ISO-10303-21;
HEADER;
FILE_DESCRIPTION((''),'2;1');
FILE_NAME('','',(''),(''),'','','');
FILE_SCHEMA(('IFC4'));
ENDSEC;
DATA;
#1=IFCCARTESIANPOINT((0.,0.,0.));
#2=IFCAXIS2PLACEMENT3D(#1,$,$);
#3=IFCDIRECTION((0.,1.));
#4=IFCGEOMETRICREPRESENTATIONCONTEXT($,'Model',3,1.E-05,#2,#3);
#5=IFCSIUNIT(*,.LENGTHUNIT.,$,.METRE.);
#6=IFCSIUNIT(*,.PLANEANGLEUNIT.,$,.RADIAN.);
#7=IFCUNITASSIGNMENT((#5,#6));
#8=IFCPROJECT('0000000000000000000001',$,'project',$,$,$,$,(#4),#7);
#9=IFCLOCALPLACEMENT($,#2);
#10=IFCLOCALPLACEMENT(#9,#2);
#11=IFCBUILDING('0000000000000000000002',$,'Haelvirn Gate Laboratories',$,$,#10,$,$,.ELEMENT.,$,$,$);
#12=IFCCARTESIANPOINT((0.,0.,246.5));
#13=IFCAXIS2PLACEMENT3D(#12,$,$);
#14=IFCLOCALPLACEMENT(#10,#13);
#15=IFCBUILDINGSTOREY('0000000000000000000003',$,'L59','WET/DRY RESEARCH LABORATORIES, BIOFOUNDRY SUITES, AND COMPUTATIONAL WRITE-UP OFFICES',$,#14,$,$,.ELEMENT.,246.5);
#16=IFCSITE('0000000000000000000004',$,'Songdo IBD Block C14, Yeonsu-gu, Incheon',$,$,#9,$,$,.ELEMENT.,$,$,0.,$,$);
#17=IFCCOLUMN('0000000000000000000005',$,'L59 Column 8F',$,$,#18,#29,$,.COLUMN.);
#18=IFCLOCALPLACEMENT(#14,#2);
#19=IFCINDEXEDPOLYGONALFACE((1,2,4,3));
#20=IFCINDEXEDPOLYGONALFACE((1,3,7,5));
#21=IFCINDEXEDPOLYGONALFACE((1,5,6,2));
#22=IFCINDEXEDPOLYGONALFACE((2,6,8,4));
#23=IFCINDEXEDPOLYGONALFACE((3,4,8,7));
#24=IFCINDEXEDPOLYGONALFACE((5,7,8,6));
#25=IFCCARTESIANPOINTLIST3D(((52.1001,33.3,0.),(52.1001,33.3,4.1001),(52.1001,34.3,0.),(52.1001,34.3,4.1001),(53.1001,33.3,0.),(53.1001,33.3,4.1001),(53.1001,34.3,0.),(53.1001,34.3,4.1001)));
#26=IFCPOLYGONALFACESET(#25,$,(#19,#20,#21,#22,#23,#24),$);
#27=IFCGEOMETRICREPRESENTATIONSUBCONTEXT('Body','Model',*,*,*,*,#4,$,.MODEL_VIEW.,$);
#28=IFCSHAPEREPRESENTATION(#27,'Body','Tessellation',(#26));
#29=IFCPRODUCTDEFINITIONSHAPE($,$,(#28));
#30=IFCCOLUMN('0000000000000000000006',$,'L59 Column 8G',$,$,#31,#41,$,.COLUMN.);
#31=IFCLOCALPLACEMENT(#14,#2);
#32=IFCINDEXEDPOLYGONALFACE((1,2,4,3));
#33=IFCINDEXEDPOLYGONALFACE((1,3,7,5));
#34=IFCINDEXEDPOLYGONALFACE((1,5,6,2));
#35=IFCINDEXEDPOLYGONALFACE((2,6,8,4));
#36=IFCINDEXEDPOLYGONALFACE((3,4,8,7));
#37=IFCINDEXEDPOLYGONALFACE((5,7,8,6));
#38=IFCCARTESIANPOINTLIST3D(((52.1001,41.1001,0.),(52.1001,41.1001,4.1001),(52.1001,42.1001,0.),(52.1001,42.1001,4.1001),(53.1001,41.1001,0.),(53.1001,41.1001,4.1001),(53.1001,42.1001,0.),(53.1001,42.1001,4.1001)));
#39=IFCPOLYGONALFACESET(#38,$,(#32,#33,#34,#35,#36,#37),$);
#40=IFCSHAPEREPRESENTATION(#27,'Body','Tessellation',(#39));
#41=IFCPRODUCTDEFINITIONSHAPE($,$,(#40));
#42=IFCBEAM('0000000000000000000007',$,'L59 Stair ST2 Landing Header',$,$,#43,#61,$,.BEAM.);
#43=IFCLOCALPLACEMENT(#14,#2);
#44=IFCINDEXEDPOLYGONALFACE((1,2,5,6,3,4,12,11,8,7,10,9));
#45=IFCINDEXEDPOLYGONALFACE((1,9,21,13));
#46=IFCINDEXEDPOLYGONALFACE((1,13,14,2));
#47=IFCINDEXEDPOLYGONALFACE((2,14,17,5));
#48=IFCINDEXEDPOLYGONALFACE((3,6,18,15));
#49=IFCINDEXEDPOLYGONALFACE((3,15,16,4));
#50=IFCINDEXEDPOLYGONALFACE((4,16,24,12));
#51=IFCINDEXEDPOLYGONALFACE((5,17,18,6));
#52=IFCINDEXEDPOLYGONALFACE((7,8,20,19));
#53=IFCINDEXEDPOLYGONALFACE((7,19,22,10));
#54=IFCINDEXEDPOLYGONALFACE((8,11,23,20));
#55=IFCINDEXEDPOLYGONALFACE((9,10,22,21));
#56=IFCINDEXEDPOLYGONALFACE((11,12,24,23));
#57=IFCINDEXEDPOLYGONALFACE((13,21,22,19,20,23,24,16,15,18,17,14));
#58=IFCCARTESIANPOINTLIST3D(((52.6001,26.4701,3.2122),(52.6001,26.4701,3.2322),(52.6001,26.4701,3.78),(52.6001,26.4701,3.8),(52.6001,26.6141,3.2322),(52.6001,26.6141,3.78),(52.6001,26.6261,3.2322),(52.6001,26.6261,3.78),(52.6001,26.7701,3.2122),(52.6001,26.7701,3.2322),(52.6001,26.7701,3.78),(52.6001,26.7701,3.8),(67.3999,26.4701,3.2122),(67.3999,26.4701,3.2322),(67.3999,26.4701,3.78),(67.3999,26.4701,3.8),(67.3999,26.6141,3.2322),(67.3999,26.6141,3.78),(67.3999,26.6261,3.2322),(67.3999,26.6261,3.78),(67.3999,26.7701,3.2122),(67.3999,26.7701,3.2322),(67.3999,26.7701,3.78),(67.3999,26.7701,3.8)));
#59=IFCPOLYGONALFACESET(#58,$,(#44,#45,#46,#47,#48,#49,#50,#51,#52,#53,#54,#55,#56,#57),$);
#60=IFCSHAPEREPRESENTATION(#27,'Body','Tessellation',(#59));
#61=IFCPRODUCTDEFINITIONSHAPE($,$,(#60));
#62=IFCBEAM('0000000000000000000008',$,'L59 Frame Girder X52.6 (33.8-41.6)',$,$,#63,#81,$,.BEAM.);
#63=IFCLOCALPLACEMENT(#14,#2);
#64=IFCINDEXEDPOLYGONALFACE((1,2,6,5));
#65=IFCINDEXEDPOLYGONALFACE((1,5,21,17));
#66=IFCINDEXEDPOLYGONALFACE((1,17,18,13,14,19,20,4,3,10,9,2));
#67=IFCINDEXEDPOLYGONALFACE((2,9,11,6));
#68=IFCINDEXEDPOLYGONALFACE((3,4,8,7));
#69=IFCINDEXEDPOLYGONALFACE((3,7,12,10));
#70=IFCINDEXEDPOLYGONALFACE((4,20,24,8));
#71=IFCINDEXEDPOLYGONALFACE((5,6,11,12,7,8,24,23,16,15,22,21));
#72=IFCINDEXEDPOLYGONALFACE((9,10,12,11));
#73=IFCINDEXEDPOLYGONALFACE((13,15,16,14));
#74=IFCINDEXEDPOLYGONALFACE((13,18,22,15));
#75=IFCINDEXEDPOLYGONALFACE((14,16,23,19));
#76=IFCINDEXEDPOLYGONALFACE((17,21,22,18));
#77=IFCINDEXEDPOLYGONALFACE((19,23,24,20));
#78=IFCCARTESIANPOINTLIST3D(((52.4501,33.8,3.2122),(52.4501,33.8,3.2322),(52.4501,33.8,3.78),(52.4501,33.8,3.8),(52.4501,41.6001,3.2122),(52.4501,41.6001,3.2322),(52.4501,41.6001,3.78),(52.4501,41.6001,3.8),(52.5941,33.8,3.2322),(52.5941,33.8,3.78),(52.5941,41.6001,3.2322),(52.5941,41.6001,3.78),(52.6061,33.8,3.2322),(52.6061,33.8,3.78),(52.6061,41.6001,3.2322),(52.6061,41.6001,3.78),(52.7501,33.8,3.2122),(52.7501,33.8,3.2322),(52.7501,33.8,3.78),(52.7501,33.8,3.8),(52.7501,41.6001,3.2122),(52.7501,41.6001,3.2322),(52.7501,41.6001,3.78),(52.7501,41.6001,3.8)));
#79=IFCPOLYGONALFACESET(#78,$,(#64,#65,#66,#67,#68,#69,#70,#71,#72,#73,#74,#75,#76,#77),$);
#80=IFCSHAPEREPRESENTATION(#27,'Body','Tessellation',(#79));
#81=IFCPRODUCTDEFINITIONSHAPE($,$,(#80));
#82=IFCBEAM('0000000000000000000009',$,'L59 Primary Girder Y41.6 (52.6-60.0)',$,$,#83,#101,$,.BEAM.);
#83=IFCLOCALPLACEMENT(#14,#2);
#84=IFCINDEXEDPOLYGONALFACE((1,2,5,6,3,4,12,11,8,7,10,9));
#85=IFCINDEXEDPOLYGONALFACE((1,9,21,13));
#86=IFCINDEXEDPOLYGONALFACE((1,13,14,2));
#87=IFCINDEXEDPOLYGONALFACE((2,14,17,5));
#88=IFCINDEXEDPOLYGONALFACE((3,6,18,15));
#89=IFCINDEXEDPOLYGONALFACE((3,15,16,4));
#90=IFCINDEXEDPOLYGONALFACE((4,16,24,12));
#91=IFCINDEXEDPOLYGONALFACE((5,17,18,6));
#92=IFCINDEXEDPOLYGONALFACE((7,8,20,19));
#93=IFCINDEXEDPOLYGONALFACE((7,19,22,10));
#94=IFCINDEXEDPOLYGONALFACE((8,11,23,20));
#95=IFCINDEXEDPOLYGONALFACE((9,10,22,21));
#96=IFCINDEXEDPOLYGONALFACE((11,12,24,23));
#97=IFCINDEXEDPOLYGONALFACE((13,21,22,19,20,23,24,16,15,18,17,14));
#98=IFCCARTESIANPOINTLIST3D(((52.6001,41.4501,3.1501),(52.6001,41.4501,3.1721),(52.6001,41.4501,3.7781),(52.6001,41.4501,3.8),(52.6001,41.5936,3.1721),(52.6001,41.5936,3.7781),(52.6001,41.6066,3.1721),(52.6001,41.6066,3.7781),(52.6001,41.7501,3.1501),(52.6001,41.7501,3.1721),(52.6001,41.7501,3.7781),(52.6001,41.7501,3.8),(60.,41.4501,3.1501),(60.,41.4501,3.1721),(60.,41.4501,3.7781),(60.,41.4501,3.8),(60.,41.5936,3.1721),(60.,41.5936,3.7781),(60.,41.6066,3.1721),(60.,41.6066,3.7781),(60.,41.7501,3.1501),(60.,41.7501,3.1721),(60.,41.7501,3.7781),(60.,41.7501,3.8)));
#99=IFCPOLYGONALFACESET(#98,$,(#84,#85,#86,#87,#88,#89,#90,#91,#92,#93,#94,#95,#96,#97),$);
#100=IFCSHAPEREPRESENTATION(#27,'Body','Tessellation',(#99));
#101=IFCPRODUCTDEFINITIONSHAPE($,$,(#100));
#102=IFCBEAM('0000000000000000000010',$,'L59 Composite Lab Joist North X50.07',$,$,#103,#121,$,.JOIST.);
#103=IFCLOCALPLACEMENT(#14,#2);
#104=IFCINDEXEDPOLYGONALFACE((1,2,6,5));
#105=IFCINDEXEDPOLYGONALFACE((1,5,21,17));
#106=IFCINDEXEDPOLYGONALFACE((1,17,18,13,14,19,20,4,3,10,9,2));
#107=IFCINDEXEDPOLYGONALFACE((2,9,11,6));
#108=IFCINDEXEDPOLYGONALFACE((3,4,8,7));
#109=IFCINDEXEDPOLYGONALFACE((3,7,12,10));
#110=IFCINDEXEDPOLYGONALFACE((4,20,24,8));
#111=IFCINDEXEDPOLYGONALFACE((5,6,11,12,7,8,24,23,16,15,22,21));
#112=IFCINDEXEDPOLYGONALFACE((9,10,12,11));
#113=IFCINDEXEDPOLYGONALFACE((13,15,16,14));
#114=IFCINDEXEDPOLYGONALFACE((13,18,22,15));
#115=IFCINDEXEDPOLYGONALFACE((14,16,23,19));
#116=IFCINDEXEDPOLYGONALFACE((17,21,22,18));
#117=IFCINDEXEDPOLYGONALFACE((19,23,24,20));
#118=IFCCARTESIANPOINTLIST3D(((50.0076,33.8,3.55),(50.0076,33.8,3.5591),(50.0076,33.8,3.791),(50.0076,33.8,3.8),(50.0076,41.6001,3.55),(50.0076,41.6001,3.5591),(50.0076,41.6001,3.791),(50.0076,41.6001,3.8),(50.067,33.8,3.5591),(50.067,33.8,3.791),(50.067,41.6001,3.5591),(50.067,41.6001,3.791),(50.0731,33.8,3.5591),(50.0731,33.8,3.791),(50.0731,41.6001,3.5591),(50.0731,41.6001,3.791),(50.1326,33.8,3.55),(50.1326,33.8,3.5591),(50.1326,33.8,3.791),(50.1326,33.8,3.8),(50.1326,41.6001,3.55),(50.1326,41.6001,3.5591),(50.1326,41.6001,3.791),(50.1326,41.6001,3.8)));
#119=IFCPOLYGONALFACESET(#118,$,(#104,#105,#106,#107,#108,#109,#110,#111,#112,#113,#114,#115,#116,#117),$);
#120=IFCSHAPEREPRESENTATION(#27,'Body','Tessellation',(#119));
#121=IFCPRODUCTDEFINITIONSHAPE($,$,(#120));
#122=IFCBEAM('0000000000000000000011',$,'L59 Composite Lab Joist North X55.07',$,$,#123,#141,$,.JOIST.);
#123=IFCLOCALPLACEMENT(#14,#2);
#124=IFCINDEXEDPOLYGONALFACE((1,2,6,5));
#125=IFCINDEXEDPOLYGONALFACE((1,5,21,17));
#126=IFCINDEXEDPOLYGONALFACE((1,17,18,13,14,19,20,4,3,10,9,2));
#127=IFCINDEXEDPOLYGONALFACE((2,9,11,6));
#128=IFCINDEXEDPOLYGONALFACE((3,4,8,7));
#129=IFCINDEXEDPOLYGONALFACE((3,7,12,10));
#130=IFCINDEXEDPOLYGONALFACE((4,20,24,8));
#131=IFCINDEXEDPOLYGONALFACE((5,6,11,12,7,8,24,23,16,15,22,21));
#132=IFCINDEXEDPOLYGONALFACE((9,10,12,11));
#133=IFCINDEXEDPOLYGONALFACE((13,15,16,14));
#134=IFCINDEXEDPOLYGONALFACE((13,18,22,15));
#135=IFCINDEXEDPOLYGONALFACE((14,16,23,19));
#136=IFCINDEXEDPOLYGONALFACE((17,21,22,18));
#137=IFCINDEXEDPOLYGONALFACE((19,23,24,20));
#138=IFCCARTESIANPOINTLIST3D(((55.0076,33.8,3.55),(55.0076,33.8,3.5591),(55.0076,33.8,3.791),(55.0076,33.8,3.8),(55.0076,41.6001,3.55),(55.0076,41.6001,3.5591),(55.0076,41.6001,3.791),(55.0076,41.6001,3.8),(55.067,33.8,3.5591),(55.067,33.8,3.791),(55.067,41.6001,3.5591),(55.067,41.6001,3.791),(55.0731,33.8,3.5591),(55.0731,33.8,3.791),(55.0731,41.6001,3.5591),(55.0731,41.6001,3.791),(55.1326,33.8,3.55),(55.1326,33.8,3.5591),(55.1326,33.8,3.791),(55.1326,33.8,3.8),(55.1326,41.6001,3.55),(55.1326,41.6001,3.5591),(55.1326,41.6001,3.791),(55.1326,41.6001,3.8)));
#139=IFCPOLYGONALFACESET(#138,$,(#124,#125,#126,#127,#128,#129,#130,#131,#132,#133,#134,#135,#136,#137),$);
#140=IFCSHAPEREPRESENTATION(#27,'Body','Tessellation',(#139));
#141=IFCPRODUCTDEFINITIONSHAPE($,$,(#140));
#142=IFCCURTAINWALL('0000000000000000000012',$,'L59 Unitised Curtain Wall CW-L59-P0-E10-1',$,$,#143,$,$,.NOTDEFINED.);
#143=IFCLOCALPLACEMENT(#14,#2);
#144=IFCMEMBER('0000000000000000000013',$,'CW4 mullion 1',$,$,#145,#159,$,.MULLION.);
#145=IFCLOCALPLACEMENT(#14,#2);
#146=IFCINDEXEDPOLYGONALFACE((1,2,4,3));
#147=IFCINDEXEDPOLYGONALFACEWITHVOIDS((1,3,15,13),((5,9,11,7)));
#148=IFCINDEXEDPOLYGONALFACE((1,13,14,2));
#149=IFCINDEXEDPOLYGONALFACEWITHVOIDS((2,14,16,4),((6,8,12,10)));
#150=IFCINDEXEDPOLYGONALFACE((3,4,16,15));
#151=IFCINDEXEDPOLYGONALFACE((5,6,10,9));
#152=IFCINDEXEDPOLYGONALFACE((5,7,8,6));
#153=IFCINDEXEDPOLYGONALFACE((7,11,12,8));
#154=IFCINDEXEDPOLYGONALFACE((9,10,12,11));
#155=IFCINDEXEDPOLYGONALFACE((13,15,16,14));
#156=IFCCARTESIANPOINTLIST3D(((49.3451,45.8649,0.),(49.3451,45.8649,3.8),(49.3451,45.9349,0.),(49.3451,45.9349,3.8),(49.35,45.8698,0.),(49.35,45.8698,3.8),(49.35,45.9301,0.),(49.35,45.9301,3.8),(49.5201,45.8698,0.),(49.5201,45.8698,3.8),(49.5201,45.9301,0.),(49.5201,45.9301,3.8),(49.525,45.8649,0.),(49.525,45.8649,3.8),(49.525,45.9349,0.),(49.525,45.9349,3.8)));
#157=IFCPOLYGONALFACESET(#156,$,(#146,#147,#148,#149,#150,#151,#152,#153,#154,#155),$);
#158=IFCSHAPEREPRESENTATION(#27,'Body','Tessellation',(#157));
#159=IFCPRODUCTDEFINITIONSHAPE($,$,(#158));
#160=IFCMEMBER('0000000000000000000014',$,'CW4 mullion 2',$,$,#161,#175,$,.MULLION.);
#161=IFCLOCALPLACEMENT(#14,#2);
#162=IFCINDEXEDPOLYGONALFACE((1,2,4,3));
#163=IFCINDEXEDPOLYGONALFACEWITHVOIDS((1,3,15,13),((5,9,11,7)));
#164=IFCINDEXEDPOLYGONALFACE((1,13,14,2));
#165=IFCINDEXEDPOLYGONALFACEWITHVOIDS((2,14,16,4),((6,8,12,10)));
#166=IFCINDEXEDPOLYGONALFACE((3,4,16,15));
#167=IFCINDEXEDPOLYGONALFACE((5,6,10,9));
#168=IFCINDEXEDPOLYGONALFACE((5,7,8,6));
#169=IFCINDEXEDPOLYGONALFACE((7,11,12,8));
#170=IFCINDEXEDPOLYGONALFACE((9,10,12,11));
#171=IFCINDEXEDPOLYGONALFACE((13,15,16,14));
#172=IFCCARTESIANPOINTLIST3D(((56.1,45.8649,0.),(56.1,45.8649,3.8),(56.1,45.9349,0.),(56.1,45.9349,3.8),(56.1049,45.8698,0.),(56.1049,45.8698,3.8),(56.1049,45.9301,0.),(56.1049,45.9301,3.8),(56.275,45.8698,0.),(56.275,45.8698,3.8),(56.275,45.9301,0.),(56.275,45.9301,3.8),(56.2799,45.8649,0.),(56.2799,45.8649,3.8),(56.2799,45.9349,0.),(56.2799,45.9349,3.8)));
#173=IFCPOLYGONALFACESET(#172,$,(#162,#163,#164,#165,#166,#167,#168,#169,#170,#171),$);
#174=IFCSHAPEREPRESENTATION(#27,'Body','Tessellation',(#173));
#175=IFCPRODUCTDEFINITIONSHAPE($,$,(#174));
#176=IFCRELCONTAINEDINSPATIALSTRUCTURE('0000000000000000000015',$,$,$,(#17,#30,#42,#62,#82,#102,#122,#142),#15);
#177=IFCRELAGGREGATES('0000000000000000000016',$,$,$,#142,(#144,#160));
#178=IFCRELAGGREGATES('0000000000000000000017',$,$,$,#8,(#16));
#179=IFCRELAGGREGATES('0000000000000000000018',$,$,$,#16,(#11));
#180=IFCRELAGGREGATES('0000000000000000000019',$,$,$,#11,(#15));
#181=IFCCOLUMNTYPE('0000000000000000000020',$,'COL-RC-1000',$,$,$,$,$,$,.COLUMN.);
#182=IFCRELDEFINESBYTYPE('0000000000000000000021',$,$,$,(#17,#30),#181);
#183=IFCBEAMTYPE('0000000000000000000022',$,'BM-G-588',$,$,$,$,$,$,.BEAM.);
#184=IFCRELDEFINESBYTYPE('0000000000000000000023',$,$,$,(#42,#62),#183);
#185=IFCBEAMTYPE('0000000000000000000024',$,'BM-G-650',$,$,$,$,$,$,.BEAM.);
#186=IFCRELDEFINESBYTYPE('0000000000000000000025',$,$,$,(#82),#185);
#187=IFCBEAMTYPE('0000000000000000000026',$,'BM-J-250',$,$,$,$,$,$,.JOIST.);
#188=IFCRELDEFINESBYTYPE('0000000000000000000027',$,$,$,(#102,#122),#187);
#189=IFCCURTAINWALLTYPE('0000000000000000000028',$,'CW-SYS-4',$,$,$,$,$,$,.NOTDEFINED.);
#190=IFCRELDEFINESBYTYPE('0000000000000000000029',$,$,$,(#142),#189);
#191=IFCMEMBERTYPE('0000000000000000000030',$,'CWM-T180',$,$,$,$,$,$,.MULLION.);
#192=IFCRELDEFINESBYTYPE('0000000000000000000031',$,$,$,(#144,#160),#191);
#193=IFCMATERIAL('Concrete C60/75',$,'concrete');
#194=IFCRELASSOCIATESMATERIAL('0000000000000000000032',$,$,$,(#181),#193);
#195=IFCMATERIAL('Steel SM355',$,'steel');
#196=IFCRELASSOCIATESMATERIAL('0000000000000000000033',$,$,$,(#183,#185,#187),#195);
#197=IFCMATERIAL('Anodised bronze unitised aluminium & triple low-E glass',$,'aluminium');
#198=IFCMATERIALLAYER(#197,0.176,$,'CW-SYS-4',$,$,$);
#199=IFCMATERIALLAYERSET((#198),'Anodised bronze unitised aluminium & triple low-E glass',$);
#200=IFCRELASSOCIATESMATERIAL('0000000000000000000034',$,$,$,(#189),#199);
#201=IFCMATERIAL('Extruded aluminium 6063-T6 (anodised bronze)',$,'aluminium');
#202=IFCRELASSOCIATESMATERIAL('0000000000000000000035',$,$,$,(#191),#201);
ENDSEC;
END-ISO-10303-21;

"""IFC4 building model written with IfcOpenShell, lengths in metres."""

from ifc_helpers import new_model, si_unit, direction, frame, origin, origin_2d, place, context, subcontext, project, spatial, rectangle, hollow_rectangle, i_section, extrude, source, transform, mapped, material, layer, layer_set, material_profile, profile_set, type_object, type_shapes, element, aggregate, save


model = new_model("IFC4")

# Units and contexts
model_context = context("Model", 3, precision=1e-05, world=origin(), true_north=direction((0.0, 1.0)))
body_context = subcontext(model_context, "Body", "Model", "MODEL_VIEW")
ifc_project = project(units=[si_unit("LENGTHUNIT", "METRE"), si_unit("PLANEANGLEUNIT", "RADIAN")], contexts=[model_context])

# Site, building, storey
site_placement = place(None, origin())
site = spatial("IfcSite", under=ifc_project, at=site_placement, Name="Songdo IBD Block C14, Yeonsu-gu, Incheon", CompositionType="ELEMENT", RefElevation=0.0)
building_placement = place(site_placement, origin())
building = spatial("IfcBuilding", under=site, at=building_placement, Name="Haelvirn Gate Laboratories", CompositionType="ELEMENT")
storey_placement = place(building_placement, frame((0.0, 0.0, 246.5)))
storey = spatial("IfcBuildingStorey", under=building, at=storey_placement, Name="L59", Description="WET/DRY RESEARCH LABORATORIES, BIOFOUNDRY SUITES, AND COMPUTATIONAL WRITE-UP OFFICES", CompositionType="ELEMENT", Elevation=246.5)

# Columns
ifc_material_1 = material(Name="Concrete C60/75", Category="concrete")
ifc_material_profile_1 = material_profile(ifc_material_1, rectangle(XDim=1.0, YDim=1.0, at=origin_2d()), Name="RC-1000x1000")
ifc_profile_set_1 = profile_set([ifc_material_profile_1], Name="Concrete C60/75")
column_type = type_object("IfcColumnType", Name="COL-RC-1000", PredefinedType="COLUMN", material=ifc_profile_set_1)
shared_shape_1 = source(origin(), body_context, "Body", "SweptSolid", [
    extrude(rectangle(XDim=1.0, YDim=1.0, at=origin_2d()), origin(), (0.0, 0.0, 1.0), 4.1001),
])
type_shapes(column_type, [shared_shape_1])
for number, where, z_axis, x_axis, name in (
    (1, (52.6001, 33.8, 0.0), (0.0, 0.0, 1.0), (1.0, 0.0, 0.0), "L59 Column 8F"),
    (2, (52.6001, 41.6001, 0.0), (0.0, 0.0, 1.0), (1.0, 0.0, 0.0), "L59 Column 8G"),
):
    element("IfcColumn", number, at=place(storey_placement, frame(where, z_axis=z_axis, x_axis=x_axis)), inside=storey, type_object=column_type, Name=name, PredefinedType="COLUMN", context=body_context, shape_type="MappedRepresentation", body=[
        mapped(shared_shape_1, transform((0.0, 0.0, 0.0), scale=1.0)),
    ])

# Beams
ifc_material_2 = material(Name="Steel SM355", Category="steel")
ifc_material_profile_2 = material_profile(ifc_material_2, i_section(OverallWidth=0.3, OverallDepth=0.5879, WebThickness=0.012, FlangeThickness=0.02, at=origin_2d()), Name="H-588x300x12x20")
ifc_profile_set_2 = profile_set([ifc_material_profile_2], Name="Steel SM355")
beam_type_1 = type_object("IfcBeamType", Name="BM-G-588", PredefinedType="BEAM", material=ifc_profile_set_2)
shared_shape_2 = source(origin(), body_context, "Body", "SweptSolid", [
    extrude(i_section(OverallWidth=0.3, OverallDepth=0.5879, WebThickness=0.012, FlangeThickness=0.02, at=origin_2d()), origin(), (0.0, 0.0, 1.0), 14.7998),
])
beam_1_placement = place(storey_placement, frame((52.6001, 26.6201, 3.5061), z_axis=(1.0, 0.0, 0.0), x_axis=(0.0, 1.0, 0.0)))
element("IfcBeam", 3, at=beam_1_placement, inside=storey, type_object=beam_type_1, Name="L59 Stair ST2 Landing Header", PredefinedType="BEAM", context=body_context, shape_type="MappedRepresentation", body=[
    mapped(shared_shape_2, transform((0.0, 0.0, 0.0), scale=1.0)),
])
shared_shape_3 = source(origin(), body_context, "Body", "SweptSolid", [
    extrude(i_section(OverallWidth=0.3, OverallDepth=0.5879, WebThickness=0.012, FlangeThickness=0.02, at=origin_2d()), origin(), (0.0, 0.0, 1.0), 7.8),
])
type_shapes(beam_type_1, [shared_shape_2, shared_shape_3])
beam_2_placement = place(storey_placement, frame((52.6001, 33.8, 3.5061), z_axis=(0.0, 1.0, 0.0), x_axis=(-1.0, 0.0, 0.0)))
element("IfcBeam", 4, at=beam_2_placement, inside=storey, type_object=beam_type_1, Name="L59 Frame Girder X52.6 (33.8-41.6)", PredefinedType="BEAM", context=body_context, shape_type="MappedRepresentation", body=[
    mapped(shared_shape_3, transform((0.0, 0.0, 0.0), scale=1.0)),
])
ifc_material_profile_3 = material_profile(ifc_material_2, i_section(OverallWidth=0.3, OverallDepth=0.6499, WebThickness=0.0129, FlangeThickness=0.022, at=origin_2d()), Name="H-650x300x13x22")
ifc_profile_set_3 = profile_set([ifc_material_profile_3], Name="Steel SM355")
beam_type_2 = type_object("IfcBeamType", Name="BM-G-650", PredefinedType="BEAM", material=ifc_profile_set_3)
shared_shape_4 = source(origin(), body_context, "Body", "SweptSolid", [
    extrude(i_section(OverallWidth=0.3, OverallDepth=0.6499, WebThickness=0.0129, FlangeThickness=0.022, at=origin_2d()), origin(), (0.0, 0.0, 1.0), 7.3999),
])
type_shapes(beam_type_2, [shared_shape_4])
beam_3_placement = place(storey_placement, frame((52.6001, 41.6001, 3.4751), z_axis=(1.0, 0.0, 0.0), x_axis=(0.0, 1.0, 0.0)))
element("IfcBeam", 5, at=beam_3_placement, inside=storey, type_object=beam_type_2, Name="L59 Primary Girder Y41.6 (52.6-60.0)", PredefinedType="BEAM", context=body_context, shape_type="MappedRepresentation", body=[
    mapped(shared_shape_4, transform((0.0, 0.0, 0.0), scale=1.0)),
])
ifc_material_profile_4 = material_profile(ifc_material_2, i_section(OverallWidth=0.125, OverallDepth=0.25, WebThickness=0.0061, FlangeThickness=0.009, at=origin_2d()), Name="H-250x125x6x9")
ifc_profile_set_4 = profile_set([ifc_material_profile_4], Name="Steel SM355")
beam_type_3 = type_object("IfcBeamType", Name="BM-J-250", PredefinedType="JOIST", material=ifc_profile_set_4)
shared_shape_5 = source(origin(), body_context, "Body", "SweptSolid", [
    extrude(i_section(OverallWidth=0.125, OverallDepth=0.25, WebThickness=0.0061, FlangeThickness=0.009, at=origin_2d()), origin(), (0.0, 0.0, 1.0), 7.8),
])
type_shapes(beam_type_3, [shared_shape_5])
for number, where, z_axis, x_axis, name in (
    (6, (50.0701, 33.8, 3.675), (0.0, 1.0, 0.0), (-1.0, 0.0, 0.0), "L59 Composite Lab Joist North X50.07"),
    (7, (55.0701, 33.8, 3.675), (0.0, 1.0, 0.0), (-1.0, 0.0, 0.0), "L59 Composite Lab Joist North X55.07"),
):
    element("IfcBeam", number, at=place(storey_placement, frame(where, z_axis=z_axis, x_axis=x_axis)), inside=storey, type_object=beam_type_3, Name=name, PredefinedType="JOIST", context=body_context, shape_type="MappedRepresentation", body=[
        mapped(shared_shape_5, transform((0.0, 0.0, 0.0), scale=1.0)),
    ])

# Curtain wall, members
ifc_material_3 = material(Name="Anodised bronze unitised aluminium & triple low-E glass", Category="aluminium")
ifc_layer_1 = layer(ifc_material_3, 0.176, Name="CW-SYS-4")
ifc_layer_set_1 = layer_set([ifc_layer_1], Name="Anodised bronze unitised aluminium & triple low-E glass")
curtain_wall_type = type_object("IfcCurtainWallType", Name="CW-SYS-4", PredefinedType="NOTDEFINED", material=ifc_layer_set_1)
curtain_wall_1_placement = place(storey_placement, origin())
curtain_wall_1 = element("IfcCurtainWall", 8, at=curtain_wall_1_placement, inside=storey, type_object=curtain_wall_type, Name="L59 Unitised Curtain Wall CW-L59-P0-E10-1", PredefinedType="NOTDEFINED")
ifc_material_4 = material(Name="Extruded aluminium 6063-T6 (anodised bronze)", Category="aluminium")
ifc_material_profile_5 = material_profile(ifc_material_4, hollow_rectangle(XDim=0.0701, YDim=0.1799, WallThickness=0.0049, at=origin_2d()), Name="CWM-180x70x5")
ifc_profile_set_5 = profile_set([ifc_material_profile_5], Name="Extruded aluminium 6063-T6 (anodised bronze)")
member_type_1 = type_object("IfcMemberType", Name="CWM-T180", PredefinedType="MULLION", material=ifc_profile_set_5)
shared_shape_6 = source(origin(), body_context, "Body", "SweptSolid", [
    extrude(hollow_rectangle(XDim=0.0701, YDim=0.1799, WallThickness=0.0049, at=origin_2d()), origin(), (0.0, 0.0, 1.0), 3.8),
])
type_shapes(member_type_1, [shared_shape_6])
member_1_placement = place(storey_placement, frame((49.4351, 45.8999, 0.0), z_axis=(0.0, 0.0, 1.0), x_axis=(0.0, 1.0, 0.0)))
member_1 = element("IfcMember", 9, at=member_1_placement, type_object=member_type_1, Name="CW4 mullion 1", PredefinedType="MULLION", context=body_context, shape_type="MappedRepresentation", body=[
    mapped(shared_shape_6, transform((0.0, 0.0, 0.0), scale=1.0)),
])
member_2_placement = place(storey_placement, frame((56.1899, 45.8999, 0.0), z_axis=(0.0, 0.0, 1.0), x_axis=(0.0, 1.0, 0.0)))
member_2 = element("IfcMember", 10, at=member_2_placement, type_object=member_type_1, Name="CW4 mullion 2", PredefinedType="MULLION", context=body_context, shape_type="MappedRepresentation", body=[
    mapped(shared_shape_6, transform((0.0, 0.0, 0.0), scale=1.0)),
])

aggregate(curtain_wall_1, [member_1, member_2])

save(model, "model.ifc")
